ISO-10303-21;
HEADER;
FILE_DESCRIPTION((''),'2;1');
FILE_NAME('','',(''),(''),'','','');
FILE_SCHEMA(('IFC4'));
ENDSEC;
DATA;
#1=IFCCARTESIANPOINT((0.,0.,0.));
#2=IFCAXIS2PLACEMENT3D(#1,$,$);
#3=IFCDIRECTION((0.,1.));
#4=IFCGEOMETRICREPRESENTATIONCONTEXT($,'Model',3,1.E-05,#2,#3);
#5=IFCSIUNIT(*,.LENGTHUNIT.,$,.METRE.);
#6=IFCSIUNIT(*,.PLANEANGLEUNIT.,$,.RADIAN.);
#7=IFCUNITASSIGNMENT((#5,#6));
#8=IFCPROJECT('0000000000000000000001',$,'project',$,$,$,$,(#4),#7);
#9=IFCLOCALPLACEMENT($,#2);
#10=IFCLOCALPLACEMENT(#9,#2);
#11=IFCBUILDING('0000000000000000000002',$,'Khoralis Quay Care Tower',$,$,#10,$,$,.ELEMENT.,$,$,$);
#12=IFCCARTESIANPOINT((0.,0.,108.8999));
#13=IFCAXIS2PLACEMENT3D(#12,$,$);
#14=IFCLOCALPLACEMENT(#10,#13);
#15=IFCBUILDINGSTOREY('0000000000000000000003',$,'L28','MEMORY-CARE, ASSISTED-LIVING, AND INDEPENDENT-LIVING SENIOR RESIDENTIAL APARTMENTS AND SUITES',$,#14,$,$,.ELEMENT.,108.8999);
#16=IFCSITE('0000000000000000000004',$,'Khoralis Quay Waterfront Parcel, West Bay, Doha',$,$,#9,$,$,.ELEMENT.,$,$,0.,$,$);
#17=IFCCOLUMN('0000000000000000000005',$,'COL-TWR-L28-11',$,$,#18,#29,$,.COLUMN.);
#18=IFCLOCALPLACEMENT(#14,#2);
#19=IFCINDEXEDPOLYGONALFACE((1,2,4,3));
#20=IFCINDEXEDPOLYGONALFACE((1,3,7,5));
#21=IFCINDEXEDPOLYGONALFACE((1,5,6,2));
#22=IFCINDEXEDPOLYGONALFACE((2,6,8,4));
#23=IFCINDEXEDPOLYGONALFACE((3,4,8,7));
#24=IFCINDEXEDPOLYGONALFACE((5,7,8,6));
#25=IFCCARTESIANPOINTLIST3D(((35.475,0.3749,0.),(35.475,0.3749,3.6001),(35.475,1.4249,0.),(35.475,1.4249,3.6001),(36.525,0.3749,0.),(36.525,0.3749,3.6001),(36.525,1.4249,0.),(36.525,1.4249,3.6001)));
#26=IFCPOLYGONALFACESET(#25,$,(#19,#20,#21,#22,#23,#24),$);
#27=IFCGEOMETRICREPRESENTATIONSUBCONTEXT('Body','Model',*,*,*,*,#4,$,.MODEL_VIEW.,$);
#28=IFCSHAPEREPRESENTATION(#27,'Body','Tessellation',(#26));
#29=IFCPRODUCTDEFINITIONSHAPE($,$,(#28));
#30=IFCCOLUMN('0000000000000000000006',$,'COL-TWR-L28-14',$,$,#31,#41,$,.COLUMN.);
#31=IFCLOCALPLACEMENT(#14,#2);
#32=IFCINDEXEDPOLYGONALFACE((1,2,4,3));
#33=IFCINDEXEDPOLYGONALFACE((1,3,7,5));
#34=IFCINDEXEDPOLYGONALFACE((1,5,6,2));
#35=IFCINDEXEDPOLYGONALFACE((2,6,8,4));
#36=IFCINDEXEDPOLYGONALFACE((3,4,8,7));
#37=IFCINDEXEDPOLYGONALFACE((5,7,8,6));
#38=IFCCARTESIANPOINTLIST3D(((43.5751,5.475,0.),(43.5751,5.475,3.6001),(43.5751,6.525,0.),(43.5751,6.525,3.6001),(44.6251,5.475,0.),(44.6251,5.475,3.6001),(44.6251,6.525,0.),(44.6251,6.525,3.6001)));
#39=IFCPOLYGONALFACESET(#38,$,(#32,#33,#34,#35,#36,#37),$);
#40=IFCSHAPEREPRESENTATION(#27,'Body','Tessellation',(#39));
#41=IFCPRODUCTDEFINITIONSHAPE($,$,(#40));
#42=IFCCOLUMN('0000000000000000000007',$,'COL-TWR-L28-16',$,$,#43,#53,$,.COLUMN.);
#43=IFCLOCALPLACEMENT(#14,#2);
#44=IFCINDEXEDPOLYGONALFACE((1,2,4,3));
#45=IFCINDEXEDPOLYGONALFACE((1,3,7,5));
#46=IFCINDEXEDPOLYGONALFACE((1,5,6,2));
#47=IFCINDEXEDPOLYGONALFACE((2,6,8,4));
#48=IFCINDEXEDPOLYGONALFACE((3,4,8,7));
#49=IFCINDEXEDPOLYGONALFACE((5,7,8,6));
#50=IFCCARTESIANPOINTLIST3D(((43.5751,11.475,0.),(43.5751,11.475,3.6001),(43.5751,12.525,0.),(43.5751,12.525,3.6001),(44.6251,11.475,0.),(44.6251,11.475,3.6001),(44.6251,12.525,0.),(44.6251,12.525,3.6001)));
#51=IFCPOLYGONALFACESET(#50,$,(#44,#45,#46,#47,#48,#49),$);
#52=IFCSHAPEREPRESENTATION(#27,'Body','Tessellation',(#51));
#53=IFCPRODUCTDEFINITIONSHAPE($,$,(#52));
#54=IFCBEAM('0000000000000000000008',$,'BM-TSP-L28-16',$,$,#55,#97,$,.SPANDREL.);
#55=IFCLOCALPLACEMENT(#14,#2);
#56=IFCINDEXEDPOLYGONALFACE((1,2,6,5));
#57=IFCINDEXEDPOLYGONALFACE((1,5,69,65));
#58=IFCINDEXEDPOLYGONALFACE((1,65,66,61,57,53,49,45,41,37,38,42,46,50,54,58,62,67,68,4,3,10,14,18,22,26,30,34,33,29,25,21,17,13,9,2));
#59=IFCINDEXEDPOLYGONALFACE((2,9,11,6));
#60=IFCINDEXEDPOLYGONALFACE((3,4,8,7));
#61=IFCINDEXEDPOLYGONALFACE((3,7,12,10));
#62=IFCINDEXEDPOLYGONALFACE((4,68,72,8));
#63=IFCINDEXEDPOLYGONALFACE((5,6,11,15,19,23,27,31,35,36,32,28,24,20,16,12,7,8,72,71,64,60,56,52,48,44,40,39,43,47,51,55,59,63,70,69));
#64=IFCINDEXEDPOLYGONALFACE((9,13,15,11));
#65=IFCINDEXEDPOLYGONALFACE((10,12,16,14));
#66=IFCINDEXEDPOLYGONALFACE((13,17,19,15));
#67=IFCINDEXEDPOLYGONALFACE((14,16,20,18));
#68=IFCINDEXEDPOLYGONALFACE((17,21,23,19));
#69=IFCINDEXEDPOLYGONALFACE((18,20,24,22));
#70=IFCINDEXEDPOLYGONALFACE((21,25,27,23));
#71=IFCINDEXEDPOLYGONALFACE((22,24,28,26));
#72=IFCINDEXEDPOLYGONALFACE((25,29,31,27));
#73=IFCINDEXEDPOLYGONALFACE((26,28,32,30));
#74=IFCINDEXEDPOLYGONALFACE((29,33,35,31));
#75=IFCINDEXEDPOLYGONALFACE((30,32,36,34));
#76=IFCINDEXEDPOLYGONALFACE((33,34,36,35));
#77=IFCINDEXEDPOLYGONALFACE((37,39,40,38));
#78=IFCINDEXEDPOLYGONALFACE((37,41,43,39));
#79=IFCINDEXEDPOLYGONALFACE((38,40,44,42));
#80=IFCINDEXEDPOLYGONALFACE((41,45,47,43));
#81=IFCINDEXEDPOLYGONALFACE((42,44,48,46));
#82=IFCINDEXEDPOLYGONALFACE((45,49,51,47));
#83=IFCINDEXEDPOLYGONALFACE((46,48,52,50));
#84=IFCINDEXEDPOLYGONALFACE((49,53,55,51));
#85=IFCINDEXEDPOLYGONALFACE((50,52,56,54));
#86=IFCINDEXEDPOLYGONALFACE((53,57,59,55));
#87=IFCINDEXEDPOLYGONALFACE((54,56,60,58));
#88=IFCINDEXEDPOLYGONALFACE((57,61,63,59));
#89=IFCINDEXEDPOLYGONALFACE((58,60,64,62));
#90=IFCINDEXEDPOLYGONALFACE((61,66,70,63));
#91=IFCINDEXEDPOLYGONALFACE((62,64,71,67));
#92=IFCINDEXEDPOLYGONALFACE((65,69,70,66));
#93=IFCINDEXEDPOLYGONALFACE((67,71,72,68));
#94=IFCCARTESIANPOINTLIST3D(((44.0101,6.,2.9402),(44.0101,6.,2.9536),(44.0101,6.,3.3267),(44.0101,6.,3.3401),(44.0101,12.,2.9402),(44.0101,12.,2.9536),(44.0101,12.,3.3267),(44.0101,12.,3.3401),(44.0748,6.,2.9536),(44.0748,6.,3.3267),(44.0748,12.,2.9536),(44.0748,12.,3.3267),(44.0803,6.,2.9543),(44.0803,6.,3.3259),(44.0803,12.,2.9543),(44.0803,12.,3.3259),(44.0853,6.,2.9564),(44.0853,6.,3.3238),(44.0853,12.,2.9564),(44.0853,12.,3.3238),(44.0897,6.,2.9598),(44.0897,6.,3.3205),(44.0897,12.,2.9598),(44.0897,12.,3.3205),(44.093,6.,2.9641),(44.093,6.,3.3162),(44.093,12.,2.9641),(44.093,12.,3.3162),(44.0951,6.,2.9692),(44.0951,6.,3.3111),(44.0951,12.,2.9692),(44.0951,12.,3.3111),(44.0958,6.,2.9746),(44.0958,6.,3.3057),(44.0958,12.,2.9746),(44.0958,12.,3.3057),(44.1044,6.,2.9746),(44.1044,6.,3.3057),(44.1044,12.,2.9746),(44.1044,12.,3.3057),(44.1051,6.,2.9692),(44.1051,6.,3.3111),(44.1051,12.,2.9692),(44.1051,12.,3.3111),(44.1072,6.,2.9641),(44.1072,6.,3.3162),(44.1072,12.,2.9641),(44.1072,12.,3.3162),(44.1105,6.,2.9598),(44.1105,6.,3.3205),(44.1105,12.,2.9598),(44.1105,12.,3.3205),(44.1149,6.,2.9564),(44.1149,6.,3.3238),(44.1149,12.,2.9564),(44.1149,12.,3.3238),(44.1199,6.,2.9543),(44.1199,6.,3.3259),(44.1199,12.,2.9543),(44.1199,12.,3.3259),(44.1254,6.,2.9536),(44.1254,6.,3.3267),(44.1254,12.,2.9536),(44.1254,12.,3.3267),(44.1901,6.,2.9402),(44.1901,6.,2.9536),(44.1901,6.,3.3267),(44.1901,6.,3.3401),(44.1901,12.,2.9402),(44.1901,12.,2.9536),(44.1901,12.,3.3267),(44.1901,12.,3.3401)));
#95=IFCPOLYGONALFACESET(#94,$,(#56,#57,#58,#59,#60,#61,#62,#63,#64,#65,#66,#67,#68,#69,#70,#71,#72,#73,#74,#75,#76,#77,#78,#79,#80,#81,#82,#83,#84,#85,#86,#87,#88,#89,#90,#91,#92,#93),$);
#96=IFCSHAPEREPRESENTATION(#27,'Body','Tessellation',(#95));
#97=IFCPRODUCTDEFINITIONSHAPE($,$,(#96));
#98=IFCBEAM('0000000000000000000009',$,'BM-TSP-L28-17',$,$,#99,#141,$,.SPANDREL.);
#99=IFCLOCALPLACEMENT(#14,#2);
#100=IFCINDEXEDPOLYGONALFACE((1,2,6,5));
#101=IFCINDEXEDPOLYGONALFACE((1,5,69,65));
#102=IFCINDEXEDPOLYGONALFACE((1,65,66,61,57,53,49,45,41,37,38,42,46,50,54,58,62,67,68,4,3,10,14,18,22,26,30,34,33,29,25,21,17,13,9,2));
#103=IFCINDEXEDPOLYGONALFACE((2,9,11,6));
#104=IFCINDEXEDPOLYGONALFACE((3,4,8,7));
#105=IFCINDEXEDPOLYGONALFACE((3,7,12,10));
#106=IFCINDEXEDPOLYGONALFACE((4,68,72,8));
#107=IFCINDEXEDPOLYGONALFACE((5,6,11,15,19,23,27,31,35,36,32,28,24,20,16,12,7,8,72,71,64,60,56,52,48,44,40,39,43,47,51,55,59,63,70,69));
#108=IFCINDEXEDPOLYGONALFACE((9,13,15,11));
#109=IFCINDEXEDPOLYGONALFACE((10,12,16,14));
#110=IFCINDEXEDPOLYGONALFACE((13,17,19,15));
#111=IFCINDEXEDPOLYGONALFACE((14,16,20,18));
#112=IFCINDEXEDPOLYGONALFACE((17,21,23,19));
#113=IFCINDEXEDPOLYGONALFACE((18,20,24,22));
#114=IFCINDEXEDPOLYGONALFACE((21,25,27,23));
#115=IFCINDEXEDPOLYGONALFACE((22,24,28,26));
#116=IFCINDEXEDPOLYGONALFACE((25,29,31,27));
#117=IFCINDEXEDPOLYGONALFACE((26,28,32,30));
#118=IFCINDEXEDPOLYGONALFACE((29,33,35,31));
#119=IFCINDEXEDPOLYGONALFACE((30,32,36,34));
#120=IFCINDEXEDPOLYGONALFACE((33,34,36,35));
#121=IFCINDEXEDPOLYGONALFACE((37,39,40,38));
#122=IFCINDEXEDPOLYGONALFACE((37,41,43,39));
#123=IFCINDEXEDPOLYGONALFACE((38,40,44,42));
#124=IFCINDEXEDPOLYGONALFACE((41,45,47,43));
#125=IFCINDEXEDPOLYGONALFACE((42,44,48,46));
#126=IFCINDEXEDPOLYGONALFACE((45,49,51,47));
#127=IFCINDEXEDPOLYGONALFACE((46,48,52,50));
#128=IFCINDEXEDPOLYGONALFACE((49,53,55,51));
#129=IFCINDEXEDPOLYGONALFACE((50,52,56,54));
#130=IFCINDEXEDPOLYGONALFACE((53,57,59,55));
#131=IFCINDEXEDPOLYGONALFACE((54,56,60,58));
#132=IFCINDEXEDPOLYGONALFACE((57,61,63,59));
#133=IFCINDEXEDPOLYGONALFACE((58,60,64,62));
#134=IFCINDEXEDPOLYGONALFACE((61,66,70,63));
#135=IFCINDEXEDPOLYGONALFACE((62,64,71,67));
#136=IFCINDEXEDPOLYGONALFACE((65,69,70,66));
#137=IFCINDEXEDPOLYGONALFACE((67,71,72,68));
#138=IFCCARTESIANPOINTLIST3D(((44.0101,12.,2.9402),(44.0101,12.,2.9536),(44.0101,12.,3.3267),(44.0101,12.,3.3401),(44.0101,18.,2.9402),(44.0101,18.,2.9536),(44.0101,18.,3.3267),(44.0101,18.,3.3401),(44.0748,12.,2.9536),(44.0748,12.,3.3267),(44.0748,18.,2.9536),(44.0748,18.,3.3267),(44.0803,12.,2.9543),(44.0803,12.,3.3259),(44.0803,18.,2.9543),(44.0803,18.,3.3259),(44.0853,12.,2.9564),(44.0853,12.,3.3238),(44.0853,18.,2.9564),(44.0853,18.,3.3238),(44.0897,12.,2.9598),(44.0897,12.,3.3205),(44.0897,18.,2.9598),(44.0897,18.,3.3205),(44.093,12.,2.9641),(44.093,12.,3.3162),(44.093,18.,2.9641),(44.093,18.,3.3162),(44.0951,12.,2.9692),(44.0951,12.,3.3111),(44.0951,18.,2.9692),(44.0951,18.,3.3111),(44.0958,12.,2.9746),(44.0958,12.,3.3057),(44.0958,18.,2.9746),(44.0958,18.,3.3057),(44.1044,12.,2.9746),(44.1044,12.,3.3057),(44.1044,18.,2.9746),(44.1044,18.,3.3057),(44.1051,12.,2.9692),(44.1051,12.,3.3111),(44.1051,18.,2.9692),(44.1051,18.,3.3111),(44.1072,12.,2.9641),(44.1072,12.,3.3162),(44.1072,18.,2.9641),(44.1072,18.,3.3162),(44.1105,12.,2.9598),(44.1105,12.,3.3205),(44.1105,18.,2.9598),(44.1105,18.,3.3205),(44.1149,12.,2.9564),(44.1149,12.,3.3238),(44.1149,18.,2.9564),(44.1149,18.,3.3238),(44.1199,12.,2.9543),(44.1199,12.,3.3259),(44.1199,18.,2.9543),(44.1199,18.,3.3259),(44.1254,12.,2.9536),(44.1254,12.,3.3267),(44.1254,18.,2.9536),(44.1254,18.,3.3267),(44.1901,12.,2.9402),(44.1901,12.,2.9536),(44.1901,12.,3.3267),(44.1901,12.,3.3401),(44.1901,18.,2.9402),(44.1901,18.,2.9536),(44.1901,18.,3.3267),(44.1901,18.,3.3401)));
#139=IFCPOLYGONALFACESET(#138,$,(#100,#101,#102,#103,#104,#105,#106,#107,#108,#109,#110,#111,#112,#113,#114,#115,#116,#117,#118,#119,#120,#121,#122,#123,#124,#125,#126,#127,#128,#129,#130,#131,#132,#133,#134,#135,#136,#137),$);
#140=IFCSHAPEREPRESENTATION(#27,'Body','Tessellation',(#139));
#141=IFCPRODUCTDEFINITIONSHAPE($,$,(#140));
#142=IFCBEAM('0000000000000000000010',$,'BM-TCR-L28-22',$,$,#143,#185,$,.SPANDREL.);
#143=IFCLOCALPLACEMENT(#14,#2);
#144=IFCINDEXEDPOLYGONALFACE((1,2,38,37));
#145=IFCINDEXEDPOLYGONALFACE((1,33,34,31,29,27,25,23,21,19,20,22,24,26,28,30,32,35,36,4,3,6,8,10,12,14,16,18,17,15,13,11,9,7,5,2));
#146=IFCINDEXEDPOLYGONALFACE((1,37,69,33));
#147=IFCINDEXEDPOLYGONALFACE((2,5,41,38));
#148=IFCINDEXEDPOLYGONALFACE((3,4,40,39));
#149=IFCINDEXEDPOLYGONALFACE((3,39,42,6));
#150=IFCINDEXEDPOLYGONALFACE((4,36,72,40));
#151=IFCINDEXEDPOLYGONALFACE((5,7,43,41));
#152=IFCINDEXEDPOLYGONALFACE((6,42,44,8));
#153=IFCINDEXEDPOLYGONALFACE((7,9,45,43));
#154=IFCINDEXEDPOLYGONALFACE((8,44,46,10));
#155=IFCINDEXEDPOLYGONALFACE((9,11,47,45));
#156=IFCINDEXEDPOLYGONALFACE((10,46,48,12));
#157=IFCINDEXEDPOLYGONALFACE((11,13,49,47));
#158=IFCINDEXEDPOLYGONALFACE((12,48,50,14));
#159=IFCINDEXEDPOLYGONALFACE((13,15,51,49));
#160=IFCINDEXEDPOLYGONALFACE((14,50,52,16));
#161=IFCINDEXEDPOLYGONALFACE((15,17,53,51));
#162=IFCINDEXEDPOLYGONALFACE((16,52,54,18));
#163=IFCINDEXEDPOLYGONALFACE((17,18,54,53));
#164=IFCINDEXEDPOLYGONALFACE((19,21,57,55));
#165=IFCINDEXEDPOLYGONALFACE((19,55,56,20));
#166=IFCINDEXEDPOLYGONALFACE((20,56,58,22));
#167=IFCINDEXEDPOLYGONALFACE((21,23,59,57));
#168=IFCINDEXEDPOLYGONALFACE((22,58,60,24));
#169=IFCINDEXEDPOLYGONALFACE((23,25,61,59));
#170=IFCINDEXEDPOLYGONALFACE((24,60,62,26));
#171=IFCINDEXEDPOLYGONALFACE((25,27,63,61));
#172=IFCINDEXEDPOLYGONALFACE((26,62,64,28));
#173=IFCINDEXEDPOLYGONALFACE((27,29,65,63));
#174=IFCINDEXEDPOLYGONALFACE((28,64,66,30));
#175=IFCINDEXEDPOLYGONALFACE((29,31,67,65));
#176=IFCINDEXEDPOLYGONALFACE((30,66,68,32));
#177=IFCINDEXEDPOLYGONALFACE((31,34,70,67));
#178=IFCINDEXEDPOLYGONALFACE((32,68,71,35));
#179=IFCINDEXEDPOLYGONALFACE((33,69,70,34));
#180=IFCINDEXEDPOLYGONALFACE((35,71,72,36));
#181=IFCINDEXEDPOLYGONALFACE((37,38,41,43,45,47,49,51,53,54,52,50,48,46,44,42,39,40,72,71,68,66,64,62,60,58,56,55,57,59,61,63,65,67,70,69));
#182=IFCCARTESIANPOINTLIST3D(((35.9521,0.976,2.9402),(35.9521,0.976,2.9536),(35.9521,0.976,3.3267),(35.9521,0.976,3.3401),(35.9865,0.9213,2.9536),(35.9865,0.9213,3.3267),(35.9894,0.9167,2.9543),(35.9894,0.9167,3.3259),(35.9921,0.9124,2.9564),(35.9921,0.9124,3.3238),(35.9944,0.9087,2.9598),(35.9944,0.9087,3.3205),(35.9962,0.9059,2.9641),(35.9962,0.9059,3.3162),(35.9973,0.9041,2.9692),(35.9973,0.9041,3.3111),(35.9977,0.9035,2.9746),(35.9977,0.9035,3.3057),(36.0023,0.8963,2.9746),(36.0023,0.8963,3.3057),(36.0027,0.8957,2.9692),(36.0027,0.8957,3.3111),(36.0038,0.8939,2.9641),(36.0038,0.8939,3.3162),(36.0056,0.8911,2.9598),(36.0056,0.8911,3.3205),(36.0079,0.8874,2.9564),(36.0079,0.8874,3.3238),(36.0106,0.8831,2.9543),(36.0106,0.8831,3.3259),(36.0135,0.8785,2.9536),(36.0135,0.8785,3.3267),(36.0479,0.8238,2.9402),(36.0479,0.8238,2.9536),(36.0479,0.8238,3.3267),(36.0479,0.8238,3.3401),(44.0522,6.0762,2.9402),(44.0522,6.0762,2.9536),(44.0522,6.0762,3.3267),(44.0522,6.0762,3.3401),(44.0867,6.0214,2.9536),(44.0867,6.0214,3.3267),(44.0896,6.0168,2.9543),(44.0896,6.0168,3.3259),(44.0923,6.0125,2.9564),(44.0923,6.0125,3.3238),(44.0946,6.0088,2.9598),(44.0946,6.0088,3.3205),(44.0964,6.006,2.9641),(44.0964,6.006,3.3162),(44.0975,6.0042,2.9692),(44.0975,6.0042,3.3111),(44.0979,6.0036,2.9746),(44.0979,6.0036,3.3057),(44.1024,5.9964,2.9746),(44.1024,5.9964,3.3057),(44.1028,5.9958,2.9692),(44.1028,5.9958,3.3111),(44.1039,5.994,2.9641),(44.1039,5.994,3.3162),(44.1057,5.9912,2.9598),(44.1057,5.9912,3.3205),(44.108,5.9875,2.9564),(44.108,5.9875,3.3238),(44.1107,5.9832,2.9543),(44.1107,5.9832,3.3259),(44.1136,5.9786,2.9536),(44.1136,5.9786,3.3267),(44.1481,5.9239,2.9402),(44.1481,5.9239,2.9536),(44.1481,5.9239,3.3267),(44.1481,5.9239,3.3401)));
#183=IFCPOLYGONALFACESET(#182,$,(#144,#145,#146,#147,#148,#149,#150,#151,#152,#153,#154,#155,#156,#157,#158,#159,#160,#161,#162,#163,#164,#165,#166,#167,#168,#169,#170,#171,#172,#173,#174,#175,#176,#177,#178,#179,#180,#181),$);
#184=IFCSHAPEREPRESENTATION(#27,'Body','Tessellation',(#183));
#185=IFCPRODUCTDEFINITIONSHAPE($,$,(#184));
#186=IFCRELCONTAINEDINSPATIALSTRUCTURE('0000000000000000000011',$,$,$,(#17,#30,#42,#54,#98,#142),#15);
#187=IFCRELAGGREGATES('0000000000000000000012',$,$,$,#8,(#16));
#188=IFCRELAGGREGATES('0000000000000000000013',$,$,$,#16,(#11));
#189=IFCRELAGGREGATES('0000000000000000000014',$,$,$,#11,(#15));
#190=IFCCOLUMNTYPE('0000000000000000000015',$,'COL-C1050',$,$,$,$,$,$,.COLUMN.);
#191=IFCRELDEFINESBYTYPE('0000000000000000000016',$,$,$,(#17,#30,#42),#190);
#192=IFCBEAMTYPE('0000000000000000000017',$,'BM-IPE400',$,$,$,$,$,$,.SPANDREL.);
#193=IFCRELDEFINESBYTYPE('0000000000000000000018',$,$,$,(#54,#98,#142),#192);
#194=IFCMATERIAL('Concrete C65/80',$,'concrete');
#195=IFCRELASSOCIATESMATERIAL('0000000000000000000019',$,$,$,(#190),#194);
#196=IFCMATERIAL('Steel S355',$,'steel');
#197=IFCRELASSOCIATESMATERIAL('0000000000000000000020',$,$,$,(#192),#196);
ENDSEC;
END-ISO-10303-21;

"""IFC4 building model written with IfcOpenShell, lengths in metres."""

from ifc_helpers import new_model, si_unit, direction, frame, origin, origin_2d, place, context, subcontext, project, spatial, rectangle, i_section, extrude, source, transform, mapped, material, material_profile, profile_set, type_object, element, save


model = new_model("IFC4")

# Units and contexts
model_context = context("Model", 3, precision=1e-05, world=origin(), true_north=direction((0.0, 1.0)))
body_context = subcontext(model_context, "Body", "Model", "MODEL_VIEW")
ifc_project = project(units=[si_unit("LENGTHUNIT", "METRE"), si_unit("PLANEANGLEUNIT", "RADIAN")], contexts=[model_context])

# Site, building, storey
site_placement = place(None, origin())
site = spatial("IfcSite", under=ifc_project, at=site_placement, Name="Khoralis Quay Waterfront Parcel, West Bay, Doha", CompositionType="ELEMENT", RefElevation=0.0)
building_placement = place(site_placement, origin())
building = spatial("IfcBuilding", under=site, at=building_placement, Name="Khoralis Quay Care Tower", CompositionType="ELEMENT")
storey_placement = place(building_placement, frame((0.0, 0.0, 108.8999)))
storey = spatial("IfcBuildingStorey", under=building, at=storey_placement, Name="L28", Description="MEMORY-CARE, ASSISTED-LIVING, AND INDEPENDENT-LIVING SENIOR RESIDENTIAL APARTMENTS AND SUITES", CompositionType="ELEMENT", Elevation=108.8999)

# Columns
ifc_material_1 = material(Name="Concrete C65/80", Category="concrete")
ifc_material_profile_1 = material_profile(ifc_material_1, rectangle(XDim=1.05, YDim=1.05, at=origin_2d()), Name="Concrete C65/80")
ifc_profile_set_1 = profile_set([ifc_material_profile_1], Name="Concrete C65/80")
column_type = type_object("IfcColumnType", Name="COL-C1050", PredefinedType="COLUMN", material=ifc_profile_set_1)
shared_shape_1 = source(origin(), body_context, "Body", "SweptSolid", [
    extrude(rectangle(XDim=1.05, YDim=1.05, at=origin_2d()), origin(), (0.0, 0.0, 1.0), 3.6001),
])
for number, where, z_axis, x_axis, name in (
    (1, (36.0, 0.8999, 0.0), (0.0, 0.0, 1.0), (1.0, 0.0, 0.0), "COL-TWR-L28-11"),
    (2, (44.1001, 6.0, 0.0), (0.0, 0.0, 1.0), (1.0, 0.0, 0.0), "COL-TWR-L28-14"),
    (3, (44.1001, 12.0, 0.0), (0.0, 0.0, 1.0), (1.0, 0.0, 0.0), "COL-TWR-L28-16"),
):
    element("IfcColumn", number, at=place(storey_placement, frame(where, z_axis=z_axis, x_axis=x_axis)), inside=storey, type_object=column_type, Name=name, PredefinedType="COLUMN", context=body_context, shape_type="MappedRepresentation", body=[
        mapped(shared_shape_1, transform((0.0, 0.0, 0.0), scale=1.0)),
    ])

# Beams
ifc_material_2 = material(Name="Steel S355", Category="steel")
ifc_material_profile_2 = material_profile(ifc_material_2, i_section(OverallWidth=0.1799, OverallDepth=0.3999, WebThickness=0.0085, FlangeThickness=0.0134, FilletRadius=0.021, at=origin_2d()), Name="Steel S355")
ifc_profile_set_2 = profile_set([ifc_material_profile_2], Name="Steel S355")
beam_type_1 = type_object("IfcBeamType", Name="BM-IPE400", PredefinedType="SPANDREL", material=ifc_profile_set_2)
shared_shape_2 = source(origin(), body_context, "Body", "SweptSolid", [
    extrude(i_section(OverallWidth=0.1799, OverallDepth=0.3999, WebThickness=0.0085, FlangeThickness=0.0134, FilletRadius=0.021, at=origin_2d()), origin(), (0.0, 0.0, 1.0), 6.0),
])
for number, where, z_axis, x_axis, name in (
    (4, (44.1001, 6.0, 3.1401), (0.0, 1.0, 0.0), (-1.0, 0.0, 0.0), "BM-TSP-L28-16"),
    (5, (44.1001, 12.0, 3.1401), (0.0, 1.0, 0.0), (-1.0, 0.0, 0.0), "BM-TSP-L28-17"),
):
    element("IfcBeam", number, at=place(storey_placement, frame(where, z_axis=z_axis, x_axis=x_axis)), inside=storey, type_object=beam_type_1, Name=name, PredefinedType="SPANDREL", context=body_context, shape_type="MappedRepresentation", body=[
        mapped(shared_shape_2, transform((0.0, 0.0, 0.0), scale=1.0)),
    ])
shared_shape_3 = source(origin(), body_context, "Body", "SweptSolid", [
    extrude(i_section(OverallWidth=0.1799, OverallDepth=0.3999, WebThickness=0.0085, FlangeThickness=0.0134, FilletRadius=0.021, at=origin_2d()), origin(), (0.0, 0.0, 1.0), 9.572),
])
beam_1_placement = place(storey_placement, frame((36.0, 0.8999, 3.1401), z_axis=(0.846231, 0.532816, 0.0), x_axis=(-0.532816, 0.846231, 0.0)))
element("IfcBeam", 6, at=beam_1_placement, inside=storey, type_object=beam_type_1, Name="BM-TCR-L28-22", PredefinedType="SPANDREL", context=body_context, shape_type="MappedRepresentation", body=[
    mapped(shared_shape_3, transform((0.0, 0.0, 0.0), scale=1.0)),
])

save(model, "model.ifc")
